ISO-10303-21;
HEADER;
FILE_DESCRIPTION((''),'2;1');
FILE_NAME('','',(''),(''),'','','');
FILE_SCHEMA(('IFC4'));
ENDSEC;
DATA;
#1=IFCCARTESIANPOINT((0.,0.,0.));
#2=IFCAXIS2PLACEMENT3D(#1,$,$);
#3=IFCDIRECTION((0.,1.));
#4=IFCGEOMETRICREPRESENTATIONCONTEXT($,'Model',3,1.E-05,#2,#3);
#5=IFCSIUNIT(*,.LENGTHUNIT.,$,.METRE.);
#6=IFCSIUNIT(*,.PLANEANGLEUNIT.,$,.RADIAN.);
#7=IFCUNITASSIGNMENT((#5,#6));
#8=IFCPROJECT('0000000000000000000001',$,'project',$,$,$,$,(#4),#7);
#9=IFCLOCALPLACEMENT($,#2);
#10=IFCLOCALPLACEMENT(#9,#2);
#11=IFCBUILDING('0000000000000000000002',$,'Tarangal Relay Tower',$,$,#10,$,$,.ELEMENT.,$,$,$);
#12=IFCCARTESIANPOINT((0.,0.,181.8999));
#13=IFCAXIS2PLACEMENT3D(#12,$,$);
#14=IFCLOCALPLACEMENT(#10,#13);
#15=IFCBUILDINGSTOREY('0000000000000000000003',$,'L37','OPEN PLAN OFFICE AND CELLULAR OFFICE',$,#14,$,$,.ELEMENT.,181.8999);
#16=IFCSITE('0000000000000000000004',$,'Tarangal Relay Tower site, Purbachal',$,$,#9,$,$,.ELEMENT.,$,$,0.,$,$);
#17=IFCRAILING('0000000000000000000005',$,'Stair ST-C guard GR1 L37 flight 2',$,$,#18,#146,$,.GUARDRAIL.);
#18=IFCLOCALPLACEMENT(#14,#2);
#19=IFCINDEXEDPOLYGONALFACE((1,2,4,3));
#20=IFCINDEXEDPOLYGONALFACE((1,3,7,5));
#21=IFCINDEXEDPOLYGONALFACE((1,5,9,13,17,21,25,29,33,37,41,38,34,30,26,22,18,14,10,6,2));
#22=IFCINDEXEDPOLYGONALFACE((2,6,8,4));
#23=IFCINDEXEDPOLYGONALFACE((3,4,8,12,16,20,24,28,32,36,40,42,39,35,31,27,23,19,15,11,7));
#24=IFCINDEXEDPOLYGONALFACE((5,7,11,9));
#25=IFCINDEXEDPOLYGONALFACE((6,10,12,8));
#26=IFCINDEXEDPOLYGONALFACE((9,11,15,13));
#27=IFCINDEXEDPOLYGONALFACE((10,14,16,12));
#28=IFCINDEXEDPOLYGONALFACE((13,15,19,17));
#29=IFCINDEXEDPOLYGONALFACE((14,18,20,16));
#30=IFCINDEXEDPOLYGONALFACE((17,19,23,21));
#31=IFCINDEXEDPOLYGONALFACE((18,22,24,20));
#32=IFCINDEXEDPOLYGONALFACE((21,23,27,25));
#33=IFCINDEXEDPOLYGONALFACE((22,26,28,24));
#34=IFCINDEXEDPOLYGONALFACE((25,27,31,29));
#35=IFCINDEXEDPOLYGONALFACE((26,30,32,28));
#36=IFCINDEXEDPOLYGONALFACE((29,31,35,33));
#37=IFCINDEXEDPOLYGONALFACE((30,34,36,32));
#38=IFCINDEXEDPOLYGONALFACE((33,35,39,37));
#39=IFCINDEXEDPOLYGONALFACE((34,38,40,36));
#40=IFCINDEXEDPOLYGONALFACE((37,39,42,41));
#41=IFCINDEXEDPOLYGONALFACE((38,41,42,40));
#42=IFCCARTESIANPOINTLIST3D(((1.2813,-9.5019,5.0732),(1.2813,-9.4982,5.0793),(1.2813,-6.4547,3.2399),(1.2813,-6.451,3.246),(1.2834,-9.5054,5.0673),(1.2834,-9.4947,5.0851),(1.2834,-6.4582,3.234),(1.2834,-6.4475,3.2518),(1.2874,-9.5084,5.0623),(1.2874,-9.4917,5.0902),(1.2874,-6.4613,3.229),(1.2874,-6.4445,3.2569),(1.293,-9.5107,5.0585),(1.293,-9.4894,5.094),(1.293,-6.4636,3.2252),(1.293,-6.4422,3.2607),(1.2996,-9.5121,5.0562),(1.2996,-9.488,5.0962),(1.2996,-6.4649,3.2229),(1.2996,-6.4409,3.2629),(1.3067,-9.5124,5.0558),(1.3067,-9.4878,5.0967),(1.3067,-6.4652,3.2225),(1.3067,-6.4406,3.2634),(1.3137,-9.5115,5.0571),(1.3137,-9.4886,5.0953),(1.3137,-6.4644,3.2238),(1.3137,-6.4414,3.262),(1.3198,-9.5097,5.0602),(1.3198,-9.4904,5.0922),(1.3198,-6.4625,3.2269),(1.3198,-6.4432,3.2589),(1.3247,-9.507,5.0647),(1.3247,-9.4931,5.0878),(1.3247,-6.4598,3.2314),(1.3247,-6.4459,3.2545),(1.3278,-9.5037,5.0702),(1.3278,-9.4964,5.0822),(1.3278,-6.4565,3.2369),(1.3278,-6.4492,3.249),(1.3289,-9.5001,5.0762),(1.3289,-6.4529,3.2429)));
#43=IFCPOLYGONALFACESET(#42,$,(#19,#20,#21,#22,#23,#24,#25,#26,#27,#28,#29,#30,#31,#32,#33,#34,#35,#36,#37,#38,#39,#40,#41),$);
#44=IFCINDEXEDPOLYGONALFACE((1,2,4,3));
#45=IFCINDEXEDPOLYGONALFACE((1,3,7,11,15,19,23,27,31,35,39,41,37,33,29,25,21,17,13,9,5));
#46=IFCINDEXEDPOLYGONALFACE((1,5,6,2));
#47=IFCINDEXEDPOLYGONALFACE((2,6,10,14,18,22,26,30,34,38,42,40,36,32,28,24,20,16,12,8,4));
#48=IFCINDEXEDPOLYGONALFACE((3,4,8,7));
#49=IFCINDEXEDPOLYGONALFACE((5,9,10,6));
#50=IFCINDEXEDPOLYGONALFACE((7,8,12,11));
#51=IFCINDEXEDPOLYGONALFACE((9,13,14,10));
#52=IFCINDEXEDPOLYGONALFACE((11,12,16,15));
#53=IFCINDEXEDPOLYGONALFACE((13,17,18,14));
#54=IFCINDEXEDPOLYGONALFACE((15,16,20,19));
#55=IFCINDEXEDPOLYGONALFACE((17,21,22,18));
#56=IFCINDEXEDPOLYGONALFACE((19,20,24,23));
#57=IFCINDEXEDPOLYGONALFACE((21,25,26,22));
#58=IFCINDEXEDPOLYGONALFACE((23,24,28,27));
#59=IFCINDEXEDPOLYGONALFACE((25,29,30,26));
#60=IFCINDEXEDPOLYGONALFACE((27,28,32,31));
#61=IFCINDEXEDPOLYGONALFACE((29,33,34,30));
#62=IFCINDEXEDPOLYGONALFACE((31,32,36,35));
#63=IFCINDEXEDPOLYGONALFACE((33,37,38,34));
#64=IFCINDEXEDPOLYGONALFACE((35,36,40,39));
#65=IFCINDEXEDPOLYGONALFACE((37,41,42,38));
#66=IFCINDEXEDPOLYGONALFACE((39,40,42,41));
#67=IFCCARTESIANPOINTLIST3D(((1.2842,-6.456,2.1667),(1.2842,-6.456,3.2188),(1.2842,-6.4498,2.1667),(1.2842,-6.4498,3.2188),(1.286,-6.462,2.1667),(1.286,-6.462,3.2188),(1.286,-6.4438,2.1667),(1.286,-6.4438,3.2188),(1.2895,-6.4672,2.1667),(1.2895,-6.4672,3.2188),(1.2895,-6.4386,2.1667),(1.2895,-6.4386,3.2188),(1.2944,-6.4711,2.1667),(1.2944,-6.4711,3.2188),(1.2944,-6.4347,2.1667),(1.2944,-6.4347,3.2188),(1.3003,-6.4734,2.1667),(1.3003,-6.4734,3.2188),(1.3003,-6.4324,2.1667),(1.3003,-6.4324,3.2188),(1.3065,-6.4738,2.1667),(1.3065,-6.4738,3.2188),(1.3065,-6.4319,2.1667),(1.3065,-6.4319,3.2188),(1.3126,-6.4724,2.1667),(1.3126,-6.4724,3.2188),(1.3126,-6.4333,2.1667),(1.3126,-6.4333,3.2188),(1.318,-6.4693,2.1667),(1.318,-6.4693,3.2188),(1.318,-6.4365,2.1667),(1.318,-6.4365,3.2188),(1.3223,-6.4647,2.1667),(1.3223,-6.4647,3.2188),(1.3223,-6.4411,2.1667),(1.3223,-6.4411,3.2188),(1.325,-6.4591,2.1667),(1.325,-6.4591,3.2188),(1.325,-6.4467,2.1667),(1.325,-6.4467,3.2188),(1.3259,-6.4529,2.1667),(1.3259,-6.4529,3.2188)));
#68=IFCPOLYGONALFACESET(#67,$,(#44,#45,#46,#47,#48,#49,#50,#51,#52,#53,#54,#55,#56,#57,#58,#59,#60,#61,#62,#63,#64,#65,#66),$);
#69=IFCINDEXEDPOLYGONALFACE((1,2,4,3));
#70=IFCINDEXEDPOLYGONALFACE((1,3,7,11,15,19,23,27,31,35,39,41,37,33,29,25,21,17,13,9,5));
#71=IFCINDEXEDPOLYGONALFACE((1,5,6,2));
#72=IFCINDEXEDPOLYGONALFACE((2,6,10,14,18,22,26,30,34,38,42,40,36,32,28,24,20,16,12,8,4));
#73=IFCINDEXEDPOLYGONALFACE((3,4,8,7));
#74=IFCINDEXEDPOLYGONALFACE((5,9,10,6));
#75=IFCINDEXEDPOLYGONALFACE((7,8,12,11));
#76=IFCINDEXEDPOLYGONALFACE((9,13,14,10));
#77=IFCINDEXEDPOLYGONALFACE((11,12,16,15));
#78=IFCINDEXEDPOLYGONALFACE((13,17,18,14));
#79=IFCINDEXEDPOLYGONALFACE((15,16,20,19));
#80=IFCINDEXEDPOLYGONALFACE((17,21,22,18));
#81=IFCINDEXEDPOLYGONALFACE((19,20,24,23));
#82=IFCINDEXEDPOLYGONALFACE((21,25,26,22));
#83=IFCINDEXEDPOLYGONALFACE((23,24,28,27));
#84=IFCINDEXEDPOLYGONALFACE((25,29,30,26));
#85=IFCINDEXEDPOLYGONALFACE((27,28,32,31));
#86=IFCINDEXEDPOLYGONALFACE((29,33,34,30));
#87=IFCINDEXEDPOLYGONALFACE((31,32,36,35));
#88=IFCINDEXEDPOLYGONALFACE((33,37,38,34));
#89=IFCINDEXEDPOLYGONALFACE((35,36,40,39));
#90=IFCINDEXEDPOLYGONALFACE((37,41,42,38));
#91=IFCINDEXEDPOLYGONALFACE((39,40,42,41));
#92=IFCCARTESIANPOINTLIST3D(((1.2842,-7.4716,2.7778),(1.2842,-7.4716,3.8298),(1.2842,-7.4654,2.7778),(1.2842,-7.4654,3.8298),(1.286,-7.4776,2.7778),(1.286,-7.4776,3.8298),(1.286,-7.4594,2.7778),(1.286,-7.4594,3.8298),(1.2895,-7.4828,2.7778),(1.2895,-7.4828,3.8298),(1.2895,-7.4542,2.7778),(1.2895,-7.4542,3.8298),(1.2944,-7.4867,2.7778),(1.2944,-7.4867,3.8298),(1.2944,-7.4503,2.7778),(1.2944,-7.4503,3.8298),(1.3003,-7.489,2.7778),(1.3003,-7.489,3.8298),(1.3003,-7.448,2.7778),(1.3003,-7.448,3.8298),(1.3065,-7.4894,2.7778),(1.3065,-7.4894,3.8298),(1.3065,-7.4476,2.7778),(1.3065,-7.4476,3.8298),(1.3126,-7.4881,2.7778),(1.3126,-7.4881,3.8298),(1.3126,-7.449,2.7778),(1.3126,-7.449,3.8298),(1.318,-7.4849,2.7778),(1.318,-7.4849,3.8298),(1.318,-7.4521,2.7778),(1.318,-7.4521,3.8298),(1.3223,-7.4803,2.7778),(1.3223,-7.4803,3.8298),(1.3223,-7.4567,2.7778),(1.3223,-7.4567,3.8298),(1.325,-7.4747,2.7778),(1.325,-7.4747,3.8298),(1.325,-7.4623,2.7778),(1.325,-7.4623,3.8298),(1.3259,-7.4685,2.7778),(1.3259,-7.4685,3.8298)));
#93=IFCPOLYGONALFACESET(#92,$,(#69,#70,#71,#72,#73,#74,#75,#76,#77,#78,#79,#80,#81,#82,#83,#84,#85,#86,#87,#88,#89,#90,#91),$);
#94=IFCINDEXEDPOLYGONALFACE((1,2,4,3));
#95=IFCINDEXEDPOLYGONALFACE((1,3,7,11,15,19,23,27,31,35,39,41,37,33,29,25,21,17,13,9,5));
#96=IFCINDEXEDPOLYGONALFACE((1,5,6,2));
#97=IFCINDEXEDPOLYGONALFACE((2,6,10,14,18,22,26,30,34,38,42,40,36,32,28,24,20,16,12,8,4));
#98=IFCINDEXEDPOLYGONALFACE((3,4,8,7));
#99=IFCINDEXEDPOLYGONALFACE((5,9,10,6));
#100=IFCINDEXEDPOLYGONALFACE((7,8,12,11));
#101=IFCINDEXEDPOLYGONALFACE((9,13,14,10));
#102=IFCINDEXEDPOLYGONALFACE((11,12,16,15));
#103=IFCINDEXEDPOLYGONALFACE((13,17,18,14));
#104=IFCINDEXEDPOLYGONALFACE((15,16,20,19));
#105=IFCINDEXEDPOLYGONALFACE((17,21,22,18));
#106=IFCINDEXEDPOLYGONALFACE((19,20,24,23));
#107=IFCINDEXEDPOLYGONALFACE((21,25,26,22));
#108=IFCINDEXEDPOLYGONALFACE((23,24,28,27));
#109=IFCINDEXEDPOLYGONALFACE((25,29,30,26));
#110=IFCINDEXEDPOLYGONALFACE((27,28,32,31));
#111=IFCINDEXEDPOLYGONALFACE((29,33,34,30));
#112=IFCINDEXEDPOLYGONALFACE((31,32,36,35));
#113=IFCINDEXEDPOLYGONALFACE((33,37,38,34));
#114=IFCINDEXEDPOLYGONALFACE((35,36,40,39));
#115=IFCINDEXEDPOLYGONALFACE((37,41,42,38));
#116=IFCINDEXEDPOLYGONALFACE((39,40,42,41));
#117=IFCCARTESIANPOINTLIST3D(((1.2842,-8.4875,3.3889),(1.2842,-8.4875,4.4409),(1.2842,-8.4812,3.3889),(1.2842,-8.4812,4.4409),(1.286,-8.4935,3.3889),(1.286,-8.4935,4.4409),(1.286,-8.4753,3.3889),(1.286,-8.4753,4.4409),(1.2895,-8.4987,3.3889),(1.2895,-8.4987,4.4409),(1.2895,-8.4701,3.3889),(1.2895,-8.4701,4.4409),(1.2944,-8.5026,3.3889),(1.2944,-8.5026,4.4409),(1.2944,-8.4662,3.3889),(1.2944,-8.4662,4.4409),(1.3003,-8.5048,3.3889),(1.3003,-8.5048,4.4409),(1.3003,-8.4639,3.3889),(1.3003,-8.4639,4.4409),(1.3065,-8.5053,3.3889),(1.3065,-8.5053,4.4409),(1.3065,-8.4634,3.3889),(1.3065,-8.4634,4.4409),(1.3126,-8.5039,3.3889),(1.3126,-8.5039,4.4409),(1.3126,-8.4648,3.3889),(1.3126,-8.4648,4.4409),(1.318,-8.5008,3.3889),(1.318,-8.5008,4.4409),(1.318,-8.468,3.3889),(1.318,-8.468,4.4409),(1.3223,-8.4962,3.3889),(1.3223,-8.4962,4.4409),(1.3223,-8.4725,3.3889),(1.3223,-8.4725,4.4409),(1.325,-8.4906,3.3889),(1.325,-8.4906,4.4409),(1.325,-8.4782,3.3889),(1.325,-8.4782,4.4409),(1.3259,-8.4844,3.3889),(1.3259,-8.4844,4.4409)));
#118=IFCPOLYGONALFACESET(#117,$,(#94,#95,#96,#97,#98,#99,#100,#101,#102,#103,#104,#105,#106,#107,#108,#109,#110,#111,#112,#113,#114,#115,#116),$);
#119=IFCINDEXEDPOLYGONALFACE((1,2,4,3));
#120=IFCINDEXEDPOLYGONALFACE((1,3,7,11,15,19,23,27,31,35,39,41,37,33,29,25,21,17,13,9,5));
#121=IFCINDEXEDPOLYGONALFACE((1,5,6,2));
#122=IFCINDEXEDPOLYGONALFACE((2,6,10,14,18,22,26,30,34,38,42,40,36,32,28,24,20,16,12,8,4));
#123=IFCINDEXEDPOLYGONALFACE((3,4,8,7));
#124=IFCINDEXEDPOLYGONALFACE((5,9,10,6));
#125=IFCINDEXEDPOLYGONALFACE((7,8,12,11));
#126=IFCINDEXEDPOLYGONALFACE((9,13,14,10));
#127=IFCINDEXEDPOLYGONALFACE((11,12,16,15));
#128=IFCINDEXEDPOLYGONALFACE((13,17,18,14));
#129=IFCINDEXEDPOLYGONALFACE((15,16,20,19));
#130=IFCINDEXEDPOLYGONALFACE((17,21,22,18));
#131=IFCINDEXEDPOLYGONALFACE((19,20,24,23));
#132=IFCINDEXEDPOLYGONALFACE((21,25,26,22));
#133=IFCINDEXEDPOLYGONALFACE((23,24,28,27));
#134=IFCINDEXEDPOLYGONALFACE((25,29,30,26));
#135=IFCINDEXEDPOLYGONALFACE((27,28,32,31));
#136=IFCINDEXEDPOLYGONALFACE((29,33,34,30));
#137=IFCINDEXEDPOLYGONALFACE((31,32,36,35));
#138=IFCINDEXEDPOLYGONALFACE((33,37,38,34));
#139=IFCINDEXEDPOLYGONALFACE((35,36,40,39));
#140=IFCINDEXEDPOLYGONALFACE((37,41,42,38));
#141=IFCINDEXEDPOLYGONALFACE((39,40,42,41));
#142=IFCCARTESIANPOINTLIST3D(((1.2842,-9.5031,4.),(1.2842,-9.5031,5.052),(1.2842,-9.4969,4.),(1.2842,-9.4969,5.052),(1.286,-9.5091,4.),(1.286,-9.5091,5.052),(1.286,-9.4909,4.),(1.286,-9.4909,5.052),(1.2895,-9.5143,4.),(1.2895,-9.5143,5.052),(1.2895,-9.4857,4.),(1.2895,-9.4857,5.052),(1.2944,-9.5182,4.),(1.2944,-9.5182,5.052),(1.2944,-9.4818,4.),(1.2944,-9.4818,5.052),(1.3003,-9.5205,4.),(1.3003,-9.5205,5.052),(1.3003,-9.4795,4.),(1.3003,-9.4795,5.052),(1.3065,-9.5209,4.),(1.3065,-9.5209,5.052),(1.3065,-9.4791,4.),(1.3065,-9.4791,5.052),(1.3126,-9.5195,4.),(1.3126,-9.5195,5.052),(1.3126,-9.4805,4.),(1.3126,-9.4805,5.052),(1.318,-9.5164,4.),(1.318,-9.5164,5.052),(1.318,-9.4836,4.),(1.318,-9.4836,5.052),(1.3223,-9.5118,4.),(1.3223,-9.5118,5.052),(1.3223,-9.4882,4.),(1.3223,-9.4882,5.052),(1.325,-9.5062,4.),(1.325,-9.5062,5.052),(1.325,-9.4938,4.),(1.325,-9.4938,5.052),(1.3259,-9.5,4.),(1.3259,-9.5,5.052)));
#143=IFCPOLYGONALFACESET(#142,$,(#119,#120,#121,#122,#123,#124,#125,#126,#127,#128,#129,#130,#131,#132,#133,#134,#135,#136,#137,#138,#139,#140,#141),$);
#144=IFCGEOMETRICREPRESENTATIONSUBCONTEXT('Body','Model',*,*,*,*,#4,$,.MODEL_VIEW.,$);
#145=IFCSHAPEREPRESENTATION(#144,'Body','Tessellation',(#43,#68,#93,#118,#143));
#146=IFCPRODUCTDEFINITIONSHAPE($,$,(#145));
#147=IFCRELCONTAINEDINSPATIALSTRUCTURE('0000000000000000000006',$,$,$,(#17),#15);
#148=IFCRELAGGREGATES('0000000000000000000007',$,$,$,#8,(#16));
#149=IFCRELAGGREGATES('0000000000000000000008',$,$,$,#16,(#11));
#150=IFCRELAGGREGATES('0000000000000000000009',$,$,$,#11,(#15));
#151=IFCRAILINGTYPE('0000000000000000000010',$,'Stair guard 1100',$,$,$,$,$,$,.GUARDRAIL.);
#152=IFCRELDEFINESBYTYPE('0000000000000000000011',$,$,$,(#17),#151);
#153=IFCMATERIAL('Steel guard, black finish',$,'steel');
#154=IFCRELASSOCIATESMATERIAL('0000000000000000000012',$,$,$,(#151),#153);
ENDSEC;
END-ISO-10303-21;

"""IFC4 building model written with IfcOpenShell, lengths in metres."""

from ifc_helpers import new_model, si_unit, direction, frame, origin, origin_2d, place, context, subcontext, project, spatial, circle, extrude, material, type_object, element, save


model = new_model("IFC4")

# Units and contexts
model_context = context("Model", 3, precision=1e-05, world=origin(), true_north=direction((0.0, 1.0)))
body_context = subcontext(model_context, "Body", "Model", "MODEL_VIEW")
ifc_project = project(units=[si_unit("LENGTHUNIT", "METRE"), si_unit("PLANEANGLEUNIT", "RADIAN")], contexts=[model_context])

# Site, building, storey
site_placement = place(None, origin())
site = spatial("IfcSite", under=ifc_project, at=site_placement, Name="Tarangal Relay Tower site, Purbachal", CompositionType="ELEMENT", RefElevation=0.0)
building_placement = place(site_placement, origin())
building = spatial("IfcBuilding", under=site, at=building_placement, Name="Tarangal Relay Tower", CompositionType="ELEMENT")
storey_placement = place(building_placement, frame((0.0, 0.0, 181.8999)))
storey = spatial("IfcBuildingStorey", under=building, at=storey_placement, Name="L37", Description="OPEN PLAN OFFICE AND CELLULAR OFFICE", CompositionType="ELEMENT", Elevation=181.8999)

# Railing
ifc_material_1 = material(Name="Steel guard, black finish", Category="steel")
railing_type = type_object("IfcRailingType", Name="Stair guard 1100", PredefinedType="GUARDRAIL", material=ifc_material_1)
railing_placement = place(storey_placement, frame((1.3049, -6.4529, 2.1667)))
element("IfcRailing", 1, at=railing_placement, inside=storey, type_object=railing_type, Name="Stair ST-C guard GR1 L37 flight 2", PredefinedType="GUARDRAIL", context=body_context, shape_type="SweptSolid", body=[
    extrude(circle(Radius=0.0239, at=origin_2d()), frame((0.0, 0.0, 1.0762), z_axis=(0.0, -0.856874, 0.515525), x_axis=(1.0, 0.0, 0.0)), (0.0, 0.0, 1.0), 3.5562),
    extrude(circle(Radius=0.021, at=origin_2d()), origin(), (0.0, 0.0, 1.0), 1.052),
    extrude(circle(Radius=0.021, at=origin_2d()), frame((0.0, -1.0156, 0.6111)), (0.0, 0.0, 1.0), 1.052),
    extrude(circle(Radius=0.021, at=origin_2d()), frame((0.0, -2.0315, 1.2222)), (0.0, 0.0, 1.0), 1.052),
    extrude(circle(Radius=0.021, at=origin_2d()), frame((0.0, -3.0471, 1.8333)), (0.0, 0.0, 1.0), 1.052),
])

save(model, "model.ifc")
